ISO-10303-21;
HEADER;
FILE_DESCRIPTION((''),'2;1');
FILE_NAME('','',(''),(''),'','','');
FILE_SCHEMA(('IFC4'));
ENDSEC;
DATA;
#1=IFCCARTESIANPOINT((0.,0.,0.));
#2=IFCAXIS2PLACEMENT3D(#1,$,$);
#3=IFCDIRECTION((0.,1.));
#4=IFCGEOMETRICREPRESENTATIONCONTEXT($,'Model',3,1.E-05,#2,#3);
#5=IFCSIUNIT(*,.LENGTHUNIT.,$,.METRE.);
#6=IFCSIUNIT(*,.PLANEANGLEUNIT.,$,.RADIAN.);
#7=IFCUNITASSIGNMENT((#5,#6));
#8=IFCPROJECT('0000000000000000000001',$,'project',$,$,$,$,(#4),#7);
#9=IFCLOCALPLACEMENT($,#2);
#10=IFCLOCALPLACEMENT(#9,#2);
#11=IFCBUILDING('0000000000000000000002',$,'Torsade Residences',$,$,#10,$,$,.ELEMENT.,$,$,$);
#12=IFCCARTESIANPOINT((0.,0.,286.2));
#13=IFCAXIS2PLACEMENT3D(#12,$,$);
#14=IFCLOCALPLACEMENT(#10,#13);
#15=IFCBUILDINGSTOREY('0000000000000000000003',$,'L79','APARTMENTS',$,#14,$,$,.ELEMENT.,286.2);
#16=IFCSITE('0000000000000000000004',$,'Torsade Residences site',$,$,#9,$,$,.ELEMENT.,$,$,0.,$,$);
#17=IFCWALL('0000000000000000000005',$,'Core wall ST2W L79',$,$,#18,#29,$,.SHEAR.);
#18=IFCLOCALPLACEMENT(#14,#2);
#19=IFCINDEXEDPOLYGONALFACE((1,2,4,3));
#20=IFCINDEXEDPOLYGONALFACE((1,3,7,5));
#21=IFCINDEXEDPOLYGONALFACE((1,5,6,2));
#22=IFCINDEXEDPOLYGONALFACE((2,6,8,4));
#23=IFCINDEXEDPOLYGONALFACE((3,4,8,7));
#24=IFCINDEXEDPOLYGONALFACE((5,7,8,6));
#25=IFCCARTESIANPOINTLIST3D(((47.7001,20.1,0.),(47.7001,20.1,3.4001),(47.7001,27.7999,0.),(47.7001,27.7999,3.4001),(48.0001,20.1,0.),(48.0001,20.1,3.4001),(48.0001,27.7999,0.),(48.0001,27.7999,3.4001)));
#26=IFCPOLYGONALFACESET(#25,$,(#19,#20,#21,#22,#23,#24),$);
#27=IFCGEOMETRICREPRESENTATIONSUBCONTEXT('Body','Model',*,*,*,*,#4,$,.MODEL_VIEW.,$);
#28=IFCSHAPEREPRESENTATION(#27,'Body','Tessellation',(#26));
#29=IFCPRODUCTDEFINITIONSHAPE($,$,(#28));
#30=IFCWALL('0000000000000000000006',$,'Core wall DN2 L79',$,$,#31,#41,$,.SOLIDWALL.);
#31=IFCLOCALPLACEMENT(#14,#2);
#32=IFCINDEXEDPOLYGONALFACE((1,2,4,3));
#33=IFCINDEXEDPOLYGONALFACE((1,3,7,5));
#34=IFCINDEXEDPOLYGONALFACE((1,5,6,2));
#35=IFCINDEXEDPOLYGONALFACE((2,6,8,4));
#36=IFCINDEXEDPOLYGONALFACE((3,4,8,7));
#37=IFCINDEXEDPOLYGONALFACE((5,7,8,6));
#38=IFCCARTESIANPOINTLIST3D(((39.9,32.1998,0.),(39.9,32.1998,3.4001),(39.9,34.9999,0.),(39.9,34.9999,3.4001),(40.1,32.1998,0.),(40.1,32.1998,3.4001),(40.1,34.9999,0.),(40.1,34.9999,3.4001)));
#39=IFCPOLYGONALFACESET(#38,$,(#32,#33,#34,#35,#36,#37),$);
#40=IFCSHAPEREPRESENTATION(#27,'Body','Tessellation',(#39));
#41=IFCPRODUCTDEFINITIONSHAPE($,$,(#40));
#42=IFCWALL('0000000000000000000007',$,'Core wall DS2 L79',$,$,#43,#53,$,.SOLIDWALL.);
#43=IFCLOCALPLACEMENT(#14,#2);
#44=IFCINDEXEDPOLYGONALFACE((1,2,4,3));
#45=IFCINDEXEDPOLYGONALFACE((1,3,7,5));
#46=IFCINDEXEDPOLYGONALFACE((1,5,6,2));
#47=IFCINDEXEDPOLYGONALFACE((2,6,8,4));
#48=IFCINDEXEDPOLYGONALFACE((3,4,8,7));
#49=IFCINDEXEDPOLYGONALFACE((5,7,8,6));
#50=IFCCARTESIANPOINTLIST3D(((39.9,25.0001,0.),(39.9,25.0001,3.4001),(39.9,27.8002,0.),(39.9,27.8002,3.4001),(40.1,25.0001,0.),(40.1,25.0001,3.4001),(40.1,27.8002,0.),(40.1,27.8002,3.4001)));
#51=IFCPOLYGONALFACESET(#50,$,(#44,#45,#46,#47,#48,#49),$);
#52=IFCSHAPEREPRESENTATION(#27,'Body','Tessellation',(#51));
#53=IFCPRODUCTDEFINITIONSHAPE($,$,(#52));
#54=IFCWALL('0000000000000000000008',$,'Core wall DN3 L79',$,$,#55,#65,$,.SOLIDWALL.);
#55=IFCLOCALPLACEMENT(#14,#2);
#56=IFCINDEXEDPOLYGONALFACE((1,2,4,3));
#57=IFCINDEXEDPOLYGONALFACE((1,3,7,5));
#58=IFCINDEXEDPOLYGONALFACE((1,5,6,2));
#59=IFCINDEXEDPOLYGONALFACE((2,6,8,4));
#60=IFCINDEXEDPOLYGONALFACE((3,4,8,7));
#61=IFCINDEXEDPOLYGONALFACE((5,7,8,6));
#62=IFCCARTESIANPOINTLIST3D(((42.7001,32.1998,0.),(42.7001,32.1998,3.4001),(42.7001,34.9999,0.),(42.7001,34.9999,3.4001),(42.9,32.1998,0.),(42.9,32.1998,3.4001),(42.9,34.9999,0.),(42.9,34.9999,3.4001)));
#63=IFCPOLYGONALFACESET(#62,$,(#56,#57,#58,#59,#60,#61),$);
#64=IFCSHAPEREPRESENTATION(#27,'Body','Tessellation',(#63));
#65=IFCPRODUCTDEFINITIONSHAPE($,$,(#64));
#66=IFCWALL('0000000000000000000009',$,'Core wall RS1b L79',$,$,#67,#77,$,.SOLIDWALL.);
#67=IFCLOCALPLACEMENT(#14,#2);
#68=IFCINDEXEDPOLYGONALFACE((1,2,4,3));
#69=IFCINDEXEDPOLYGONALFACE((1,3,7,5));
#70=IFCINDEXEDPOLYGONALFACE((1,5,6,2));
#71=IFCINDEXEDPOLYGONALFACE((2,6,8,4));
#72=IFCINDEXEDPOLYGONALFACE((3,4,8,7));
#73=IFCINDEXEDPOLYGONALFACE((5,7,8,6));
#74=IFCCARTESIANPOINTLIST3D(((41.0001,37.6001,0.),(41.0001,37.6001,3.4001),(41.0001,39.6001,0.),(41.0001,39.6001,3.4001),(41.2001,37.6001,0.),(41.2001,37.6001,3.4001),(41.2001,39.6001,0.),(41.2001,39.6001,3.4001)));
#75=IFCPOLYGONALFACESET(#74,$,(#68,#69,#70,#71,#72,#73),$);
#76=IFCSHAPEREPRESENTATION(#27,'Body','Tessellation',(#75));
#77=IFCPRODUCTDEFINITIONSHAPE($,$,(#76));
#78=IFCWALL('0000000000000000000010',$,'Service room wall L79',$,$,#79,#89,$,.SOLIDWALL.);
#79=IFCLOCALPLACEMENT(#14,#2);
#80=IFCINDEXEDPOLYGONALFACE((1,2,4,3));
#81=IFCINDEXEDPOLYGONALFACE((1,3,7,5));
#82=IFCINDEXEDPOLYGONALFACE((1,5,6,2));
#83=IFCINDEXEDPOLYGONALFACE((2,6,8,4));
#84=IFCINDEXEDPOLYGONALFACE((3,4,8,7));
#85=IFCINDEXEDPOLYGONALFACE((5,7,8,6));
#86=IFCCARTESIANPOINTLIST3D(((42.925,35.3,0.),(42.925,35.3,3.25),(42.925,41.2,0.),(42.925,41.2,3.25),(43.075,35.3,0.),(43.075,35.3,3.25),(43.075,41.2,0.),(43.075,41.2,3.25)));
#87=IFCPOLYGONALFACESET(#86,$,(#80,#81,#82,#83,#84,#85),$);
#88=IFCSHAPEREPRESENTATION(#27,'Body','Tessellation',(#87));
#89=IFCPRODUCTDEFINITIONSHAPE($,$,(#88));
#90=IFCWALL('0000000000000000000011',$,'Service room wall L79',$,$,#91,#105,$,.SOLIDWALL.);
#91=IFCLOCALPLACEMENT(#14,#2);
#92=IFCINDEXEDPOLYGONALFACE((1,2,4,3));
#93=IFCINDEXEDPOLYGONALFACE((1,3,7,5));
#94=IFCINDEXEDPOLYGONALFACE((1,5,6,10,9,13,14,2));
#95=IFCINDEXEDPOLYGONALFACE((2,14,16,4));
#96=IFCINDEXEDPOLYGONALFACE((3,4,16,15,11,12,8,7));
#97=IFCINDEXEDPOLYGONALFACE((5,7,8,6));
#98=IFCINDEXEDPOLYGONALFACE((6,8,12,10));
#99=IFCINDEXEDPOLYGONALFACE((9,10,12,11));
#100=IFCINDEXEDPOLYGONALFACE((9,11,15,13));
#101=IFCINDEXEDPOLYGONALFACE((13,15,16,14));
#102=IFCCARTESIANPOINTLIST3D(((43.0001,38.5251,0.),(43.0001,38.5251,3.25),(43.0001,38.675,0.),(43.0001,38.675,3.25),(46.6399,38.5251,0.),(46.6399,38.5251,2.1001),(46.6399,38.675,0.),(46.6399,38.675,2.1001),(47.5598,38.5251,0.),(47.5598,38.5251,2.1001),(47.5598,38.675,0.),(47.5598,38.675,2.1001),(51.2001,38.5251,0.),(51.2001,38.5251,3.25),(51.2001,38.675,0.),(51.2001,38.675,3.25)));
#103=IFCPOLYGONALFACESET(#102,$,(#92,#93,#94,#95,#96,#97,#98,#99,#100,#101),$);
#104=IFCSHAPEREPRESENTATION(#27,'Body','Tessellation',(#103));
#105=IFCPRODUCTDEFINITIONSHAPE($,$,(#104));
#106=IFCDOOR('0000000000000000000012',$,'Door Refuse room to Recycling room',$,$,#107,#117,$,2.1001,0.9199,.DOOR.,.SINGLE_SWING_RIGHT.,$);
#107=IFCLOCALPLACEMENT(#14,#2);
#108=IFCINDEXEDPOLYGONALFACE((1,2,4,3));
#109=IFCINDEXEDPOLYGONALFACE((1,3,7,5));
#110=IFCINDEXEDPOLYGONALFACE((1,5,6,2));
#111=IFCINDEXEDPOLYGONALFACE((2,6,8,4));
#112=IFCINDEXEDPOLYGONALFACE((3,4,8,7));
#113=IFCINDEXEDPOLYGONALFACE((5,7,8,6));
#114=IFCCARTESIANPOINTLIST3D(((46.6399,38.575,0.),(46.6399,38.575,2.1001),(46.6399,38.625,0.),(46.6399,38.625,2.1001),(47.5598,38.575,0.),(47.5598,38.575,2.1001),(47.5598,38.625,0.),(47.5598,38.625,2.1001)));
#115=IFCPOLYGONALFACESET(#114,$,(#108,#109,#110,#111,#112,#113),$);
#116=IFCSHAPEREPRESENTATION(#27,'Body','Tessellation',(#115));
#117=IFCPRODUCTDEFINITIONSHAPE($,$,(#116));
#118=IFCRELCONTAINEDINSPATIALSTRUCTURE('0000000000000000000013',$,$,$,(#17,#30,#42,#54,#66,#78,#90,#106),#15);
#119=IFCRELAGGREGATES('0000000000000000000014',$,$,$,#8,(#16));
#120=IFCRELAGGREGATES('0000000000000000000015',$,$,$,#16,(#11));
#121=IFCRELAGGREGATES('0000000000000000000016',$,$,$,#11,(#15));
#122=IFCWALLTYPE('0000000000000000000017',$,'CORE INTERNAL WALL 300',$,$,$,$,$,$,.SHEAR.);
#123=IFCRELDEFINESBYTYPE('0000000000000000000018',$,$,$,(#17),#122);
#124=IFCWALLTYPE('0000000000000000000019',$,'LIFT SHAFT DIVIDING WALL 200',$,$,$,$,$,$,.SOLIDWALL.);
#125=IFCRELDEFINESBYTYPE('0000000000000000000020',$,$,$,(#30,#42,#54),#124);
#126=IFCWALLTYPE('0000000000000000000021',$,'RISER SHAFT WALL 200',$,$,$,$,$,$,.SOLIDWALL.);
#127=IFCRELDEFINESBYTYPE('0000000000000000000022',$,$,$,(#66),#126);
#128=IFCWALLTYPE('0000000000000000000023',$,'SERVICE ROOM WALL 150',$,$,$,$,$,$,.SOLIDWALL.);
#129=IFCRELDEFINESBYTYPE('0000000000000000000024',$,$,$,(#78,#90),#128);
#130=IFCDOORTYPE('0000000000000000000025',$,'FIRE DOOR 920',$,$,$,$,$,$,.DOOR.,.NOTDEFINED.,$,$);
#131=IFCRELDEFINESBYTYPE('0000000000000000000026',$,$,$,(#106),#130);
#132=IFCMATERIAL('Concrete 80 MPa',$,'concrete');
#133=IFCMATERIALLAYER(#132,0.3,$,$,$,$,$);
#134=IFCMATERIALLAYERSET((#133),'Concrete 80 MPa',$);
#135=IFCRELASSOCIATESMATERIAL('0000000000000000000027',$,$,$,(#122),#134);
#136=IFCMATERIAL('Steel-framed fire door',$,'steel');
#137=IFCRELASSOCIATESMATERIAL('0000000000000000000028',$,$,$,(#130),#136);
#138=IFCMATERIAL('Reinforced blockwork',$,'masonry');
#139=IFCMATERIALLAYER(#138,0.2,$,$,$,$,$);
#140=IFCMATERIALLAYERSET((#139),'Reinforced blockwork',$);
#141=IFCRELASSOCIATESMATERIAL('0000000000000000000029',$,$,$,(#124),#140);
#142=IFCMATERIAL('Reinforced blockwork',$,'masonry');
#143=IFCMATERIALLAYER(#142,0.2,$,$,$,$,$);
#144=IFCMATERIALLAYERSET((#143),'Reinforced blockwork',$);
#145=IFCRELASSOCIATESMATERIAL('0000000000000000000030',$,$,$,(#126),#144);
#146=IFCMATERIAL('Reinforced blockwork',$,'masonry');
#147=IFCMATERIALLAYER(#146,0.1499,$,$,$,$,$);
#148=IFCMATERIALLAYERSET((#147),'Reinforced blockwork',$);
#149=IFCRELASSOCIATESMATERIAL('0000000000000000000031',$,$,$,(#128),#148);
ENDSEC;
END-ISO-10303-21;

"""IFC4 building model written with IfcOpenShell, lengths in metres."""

from ifc_helpers import new_model, si_unit, direction, frame, frame_2d, origin, place, context, subcontext, project, spatial, rectangle, extrude, material, layer, layer_set, type_object, element, fill, save


model = new_model("IFC4")

# Units and contexts
model_context = context("Model", 3, precision=1e-05, world=origin(), true_north=direction((0.0, 1.0)))
body_context = subcontext(model_context, "Body", "Model", "MODEL_VIEW")
ifc_project = project(units=[si_unit("LENGTHUNIT", "METRE"), si_unit("PLANEANGLEUNIT", "RADIAN")], contexts=[model_context])

# Site, building, storey
site_placement = place(None, origin())
site = spatial("IfcSite", under=ifc_project, at=site_placement, Name="Torsade Residences site", CompositionType="ELEMENT", RefElevation=0.0)
building_placement = place(site_placement, origin())
building = spatial("IfcBuilding", under=site, at=building_placement, Name="Torsade Residences", CompositionType="ELEMENT")
storey_placement = place(building_placement, frame((0.0, 0.0, 286.2)))
storey = spatial("IfcBuildingStorey", under=building, at=storey_placement, Name="L79", Description="APARTMENTS", CompositionType="ELEMENT", Elevation=286.2)

# Shared definitions
ifc_material_1 = material(Name="Concrete 80 MPa", Category="concrete")
ifc_layer_1 = layer(ifc_material_1, 0.3)
ifc_layer_set_1 = layer_set([ifc_layer_1], Name="Concrete 80 MPa")
wall_type_1 = type_object("IfcWallType", Name="CORE INTERNAL WALL 300", PredefinedType="SHEAR", material=ifc_layer_set_1)
ifc_material_2 = material(Name="Steel-framed fire door", Category="steel")
door_type_1 = type_object("IfcDoorType", Name="FIRE DOOR 920", OperationType="NOTDEFINED", PredefinedType="DOOR", material=ifc_material_2)

# Walls
wall_1_placement = place(storey_placement, frame((47.8501, 27.8, 0.0), z_axis=(0.0, 0.0, 1.0), x_axis=(0.0, -1.0, 0.0)))
element("IfcWall", 1, at=wall_1_placement, inside=storey, type_object=wall_type_1, Name="Core wall ST2W L79", PredefinedType="SHEAR", context=body_context, shape_type="SweptSolid", body=[
    extrude(rectangle(XDim=7.7, YDim=0.3, at=frame_2d((3.8501, 0.0))), origin(), (0.0, 0.0, 1.0), 3.4001),
])
ifc_material_3 = material(Name="Reinforced blockwork", Category="masonry")
ifc_layer_2 = layer(ifc_material_3, 0.2)
ifc_layer_set_2 = layer_set([ifc_layer_2], Name="Reinforced blockwork")
wall_type_2 = type_object("IfcWallType", Name="LIFT SHAFT DIVIDING WALL 200", PredefinedType="SOLIDWALL", material=ifc_layer_set_2)
for number, where, z_axis, x_axis, name in (
    (2, (40.0, 32.2, 0.0), (0.0, 0.0, 1.0), (0.0, 1.0, 0.0), "Core wall DN2 L79"),
    (3, (40.0, 27.8, 0.0), (0.0, 0.0, 1.0), (0.0, -1.0, 0.0), "Core wall DS2 L79"),
    (4, (42.8, 32.2, 0.0), (0.0, 0.0, 1.0), (0.0, 1.0, 0.0), "Core wall DN3 L79"),
):
    element("IfcWall", number, at=place(storey_placement, frame(where, z_axis=z_axis, x_axis=x_axis)), inside=storey, type_object=wall_type_2, Name=name, PredefinedType="SOLIDWALL", context=body_context, shape_type="SweptSolid", body=[
        extrude(rectangle(XDim=2.8, YDim=0.2, at=frame_2d((1.3999, 0.0))), origin(), (0.0, 0.0, 1.0), 3.4001),
    ])
ifc_material_4 = material(Name="Reinforced blockwork", Category="masonry")
ifc_layer_3 = layer(ifc_material_4, 0.2)
ifc_layer_set_3 = layer_set([ifc_layer_3], Name="Reinforced blockwork")
wall_type_3 = type_object("IfcWallType", Name="RISER SHAFT WALL 200", PredefinedType="SOLIDWALL", material=ifc_layer_set_3)
wall_2_placement = place(storey_placement, frame((41.1001, 37.6001, 0.0), z_axis=(0.0, 0.0, 1.0), x_axis=(0.0, 1.0, 0.0)))
element("IfcWall", 5, at=wall_2_placement, inside=storey, type_object=wall_type_3, Name="Core wall RS1b L79", PredefinedType="SOLIDWALL", context=body_context, shape_type="SweptSolid", body=[
    extrude(rectangle(XDim=2.0, YDim=0.2, at=frame_2d((1.0, 0.0))), origin(), (0.0, 0.0, 1.0), 3.4001),
])
ifc_material_5 = material(Name="Reinforced blockwork", Category="masonry")
ifc_layer_4 = layer(ifc_material_5, 0.1499)
ifc_layer_set_4 = layer_set([ifc_layer_4], Name="Reinforced blockwork")
wall_type_4 = type_object("IfcWallType", Name="SERVICE ROOM WALL 150", PredefinedType="SOLIDWALL", material=ifc_layer_set_4)
wall_3_placement = place(storey_placement, frame((43.0, 41.2, 0.0), z_axis=(0.0, 0.0, 1.0), x_axis=(0.0, -1.0, 0.0)))
element("IfcWall", 6, at=wall_3_placement, inside=storey, type_object=wall_type_4, Name="Service room wall L79", PredefinedType="SOLIDWALL", context=body_context, shape_type="SweptSolid", body=[
    extrude(rectangle(XDim=5.8999, YDim=0.1499, at=frame_2d((2.95, 0.0))), origin(), (0.0, 0.0, 1.0), 3.25),
])

# Wall, opening, door
wall_4_placement = place(storey_placement, frame((43.0, 38.6001, 0.0), z_axis=(0.0, 0.0, 1.0), x_axis=(1.0, 0.0, 0.0)))
wall_4 = element("IfcWall", 7, at=wall_4_placement, inside=storey, type_object=wall_type_4, Name="Service room wall L79", PredefinedType="SOLIDWALL", context=body_context, shape_type="SweptSolid", body=[
    extrude(rectangle(XDim=8.2, YDim=0.1499, at=frame_2d((4.1001, 0.0))), origin(), (0.0, 0.0, 1.0), 3.25),
])
opening_1_placement = place(wall_4_placement, frame((3.6399, 0.0, 0.0)))
opening_1 = element("IfcOpeningElement", 8, at=opening_1_placement, cuts=wall_4, PredefinedType="OPENING", context=body_context, shape_type="SweptSolid", body=[
    extrude(rectangle(XDim=0.9199, YDim=2.1001, at=frame_2d((0.46, 1.05))), frame((0.0, 0.085, 0.0), z_axis=(0.0, -1.0, 0.0), x_axis=(1.0, 0.0, 0.0)), (0.0, 0.0, 1.0), 0.1699),
])
door_1_placement = place(opening_1_placement, origin())
door_1 = element("IfcDoor", 9, at=door_1_placement, inside=storey, type_object=door_type_1, Name="Door Refuse room to Recycling room", OperationType="SINGLE_SWING_RIGHT", OverallHeight=2.1001, OverallWidth=0.9199, PredefinedType="DOOR", context=body_context, shape_type="SweptSolid", body=[
    extrude(rectangle(XDim=0.9199, YDim=2.1001, at=frame_2d((0.46, 1.05))), frame((0.0, 0.0249, 0.0), z_axis=(0.0, -1.0, 0.0), x_axis=(1.0, 0.0, 0.0)), (0.0, 0.0, 1.0), 0.05),
])
fill(opening_1, door_1)

save(model, "model.ifc")
